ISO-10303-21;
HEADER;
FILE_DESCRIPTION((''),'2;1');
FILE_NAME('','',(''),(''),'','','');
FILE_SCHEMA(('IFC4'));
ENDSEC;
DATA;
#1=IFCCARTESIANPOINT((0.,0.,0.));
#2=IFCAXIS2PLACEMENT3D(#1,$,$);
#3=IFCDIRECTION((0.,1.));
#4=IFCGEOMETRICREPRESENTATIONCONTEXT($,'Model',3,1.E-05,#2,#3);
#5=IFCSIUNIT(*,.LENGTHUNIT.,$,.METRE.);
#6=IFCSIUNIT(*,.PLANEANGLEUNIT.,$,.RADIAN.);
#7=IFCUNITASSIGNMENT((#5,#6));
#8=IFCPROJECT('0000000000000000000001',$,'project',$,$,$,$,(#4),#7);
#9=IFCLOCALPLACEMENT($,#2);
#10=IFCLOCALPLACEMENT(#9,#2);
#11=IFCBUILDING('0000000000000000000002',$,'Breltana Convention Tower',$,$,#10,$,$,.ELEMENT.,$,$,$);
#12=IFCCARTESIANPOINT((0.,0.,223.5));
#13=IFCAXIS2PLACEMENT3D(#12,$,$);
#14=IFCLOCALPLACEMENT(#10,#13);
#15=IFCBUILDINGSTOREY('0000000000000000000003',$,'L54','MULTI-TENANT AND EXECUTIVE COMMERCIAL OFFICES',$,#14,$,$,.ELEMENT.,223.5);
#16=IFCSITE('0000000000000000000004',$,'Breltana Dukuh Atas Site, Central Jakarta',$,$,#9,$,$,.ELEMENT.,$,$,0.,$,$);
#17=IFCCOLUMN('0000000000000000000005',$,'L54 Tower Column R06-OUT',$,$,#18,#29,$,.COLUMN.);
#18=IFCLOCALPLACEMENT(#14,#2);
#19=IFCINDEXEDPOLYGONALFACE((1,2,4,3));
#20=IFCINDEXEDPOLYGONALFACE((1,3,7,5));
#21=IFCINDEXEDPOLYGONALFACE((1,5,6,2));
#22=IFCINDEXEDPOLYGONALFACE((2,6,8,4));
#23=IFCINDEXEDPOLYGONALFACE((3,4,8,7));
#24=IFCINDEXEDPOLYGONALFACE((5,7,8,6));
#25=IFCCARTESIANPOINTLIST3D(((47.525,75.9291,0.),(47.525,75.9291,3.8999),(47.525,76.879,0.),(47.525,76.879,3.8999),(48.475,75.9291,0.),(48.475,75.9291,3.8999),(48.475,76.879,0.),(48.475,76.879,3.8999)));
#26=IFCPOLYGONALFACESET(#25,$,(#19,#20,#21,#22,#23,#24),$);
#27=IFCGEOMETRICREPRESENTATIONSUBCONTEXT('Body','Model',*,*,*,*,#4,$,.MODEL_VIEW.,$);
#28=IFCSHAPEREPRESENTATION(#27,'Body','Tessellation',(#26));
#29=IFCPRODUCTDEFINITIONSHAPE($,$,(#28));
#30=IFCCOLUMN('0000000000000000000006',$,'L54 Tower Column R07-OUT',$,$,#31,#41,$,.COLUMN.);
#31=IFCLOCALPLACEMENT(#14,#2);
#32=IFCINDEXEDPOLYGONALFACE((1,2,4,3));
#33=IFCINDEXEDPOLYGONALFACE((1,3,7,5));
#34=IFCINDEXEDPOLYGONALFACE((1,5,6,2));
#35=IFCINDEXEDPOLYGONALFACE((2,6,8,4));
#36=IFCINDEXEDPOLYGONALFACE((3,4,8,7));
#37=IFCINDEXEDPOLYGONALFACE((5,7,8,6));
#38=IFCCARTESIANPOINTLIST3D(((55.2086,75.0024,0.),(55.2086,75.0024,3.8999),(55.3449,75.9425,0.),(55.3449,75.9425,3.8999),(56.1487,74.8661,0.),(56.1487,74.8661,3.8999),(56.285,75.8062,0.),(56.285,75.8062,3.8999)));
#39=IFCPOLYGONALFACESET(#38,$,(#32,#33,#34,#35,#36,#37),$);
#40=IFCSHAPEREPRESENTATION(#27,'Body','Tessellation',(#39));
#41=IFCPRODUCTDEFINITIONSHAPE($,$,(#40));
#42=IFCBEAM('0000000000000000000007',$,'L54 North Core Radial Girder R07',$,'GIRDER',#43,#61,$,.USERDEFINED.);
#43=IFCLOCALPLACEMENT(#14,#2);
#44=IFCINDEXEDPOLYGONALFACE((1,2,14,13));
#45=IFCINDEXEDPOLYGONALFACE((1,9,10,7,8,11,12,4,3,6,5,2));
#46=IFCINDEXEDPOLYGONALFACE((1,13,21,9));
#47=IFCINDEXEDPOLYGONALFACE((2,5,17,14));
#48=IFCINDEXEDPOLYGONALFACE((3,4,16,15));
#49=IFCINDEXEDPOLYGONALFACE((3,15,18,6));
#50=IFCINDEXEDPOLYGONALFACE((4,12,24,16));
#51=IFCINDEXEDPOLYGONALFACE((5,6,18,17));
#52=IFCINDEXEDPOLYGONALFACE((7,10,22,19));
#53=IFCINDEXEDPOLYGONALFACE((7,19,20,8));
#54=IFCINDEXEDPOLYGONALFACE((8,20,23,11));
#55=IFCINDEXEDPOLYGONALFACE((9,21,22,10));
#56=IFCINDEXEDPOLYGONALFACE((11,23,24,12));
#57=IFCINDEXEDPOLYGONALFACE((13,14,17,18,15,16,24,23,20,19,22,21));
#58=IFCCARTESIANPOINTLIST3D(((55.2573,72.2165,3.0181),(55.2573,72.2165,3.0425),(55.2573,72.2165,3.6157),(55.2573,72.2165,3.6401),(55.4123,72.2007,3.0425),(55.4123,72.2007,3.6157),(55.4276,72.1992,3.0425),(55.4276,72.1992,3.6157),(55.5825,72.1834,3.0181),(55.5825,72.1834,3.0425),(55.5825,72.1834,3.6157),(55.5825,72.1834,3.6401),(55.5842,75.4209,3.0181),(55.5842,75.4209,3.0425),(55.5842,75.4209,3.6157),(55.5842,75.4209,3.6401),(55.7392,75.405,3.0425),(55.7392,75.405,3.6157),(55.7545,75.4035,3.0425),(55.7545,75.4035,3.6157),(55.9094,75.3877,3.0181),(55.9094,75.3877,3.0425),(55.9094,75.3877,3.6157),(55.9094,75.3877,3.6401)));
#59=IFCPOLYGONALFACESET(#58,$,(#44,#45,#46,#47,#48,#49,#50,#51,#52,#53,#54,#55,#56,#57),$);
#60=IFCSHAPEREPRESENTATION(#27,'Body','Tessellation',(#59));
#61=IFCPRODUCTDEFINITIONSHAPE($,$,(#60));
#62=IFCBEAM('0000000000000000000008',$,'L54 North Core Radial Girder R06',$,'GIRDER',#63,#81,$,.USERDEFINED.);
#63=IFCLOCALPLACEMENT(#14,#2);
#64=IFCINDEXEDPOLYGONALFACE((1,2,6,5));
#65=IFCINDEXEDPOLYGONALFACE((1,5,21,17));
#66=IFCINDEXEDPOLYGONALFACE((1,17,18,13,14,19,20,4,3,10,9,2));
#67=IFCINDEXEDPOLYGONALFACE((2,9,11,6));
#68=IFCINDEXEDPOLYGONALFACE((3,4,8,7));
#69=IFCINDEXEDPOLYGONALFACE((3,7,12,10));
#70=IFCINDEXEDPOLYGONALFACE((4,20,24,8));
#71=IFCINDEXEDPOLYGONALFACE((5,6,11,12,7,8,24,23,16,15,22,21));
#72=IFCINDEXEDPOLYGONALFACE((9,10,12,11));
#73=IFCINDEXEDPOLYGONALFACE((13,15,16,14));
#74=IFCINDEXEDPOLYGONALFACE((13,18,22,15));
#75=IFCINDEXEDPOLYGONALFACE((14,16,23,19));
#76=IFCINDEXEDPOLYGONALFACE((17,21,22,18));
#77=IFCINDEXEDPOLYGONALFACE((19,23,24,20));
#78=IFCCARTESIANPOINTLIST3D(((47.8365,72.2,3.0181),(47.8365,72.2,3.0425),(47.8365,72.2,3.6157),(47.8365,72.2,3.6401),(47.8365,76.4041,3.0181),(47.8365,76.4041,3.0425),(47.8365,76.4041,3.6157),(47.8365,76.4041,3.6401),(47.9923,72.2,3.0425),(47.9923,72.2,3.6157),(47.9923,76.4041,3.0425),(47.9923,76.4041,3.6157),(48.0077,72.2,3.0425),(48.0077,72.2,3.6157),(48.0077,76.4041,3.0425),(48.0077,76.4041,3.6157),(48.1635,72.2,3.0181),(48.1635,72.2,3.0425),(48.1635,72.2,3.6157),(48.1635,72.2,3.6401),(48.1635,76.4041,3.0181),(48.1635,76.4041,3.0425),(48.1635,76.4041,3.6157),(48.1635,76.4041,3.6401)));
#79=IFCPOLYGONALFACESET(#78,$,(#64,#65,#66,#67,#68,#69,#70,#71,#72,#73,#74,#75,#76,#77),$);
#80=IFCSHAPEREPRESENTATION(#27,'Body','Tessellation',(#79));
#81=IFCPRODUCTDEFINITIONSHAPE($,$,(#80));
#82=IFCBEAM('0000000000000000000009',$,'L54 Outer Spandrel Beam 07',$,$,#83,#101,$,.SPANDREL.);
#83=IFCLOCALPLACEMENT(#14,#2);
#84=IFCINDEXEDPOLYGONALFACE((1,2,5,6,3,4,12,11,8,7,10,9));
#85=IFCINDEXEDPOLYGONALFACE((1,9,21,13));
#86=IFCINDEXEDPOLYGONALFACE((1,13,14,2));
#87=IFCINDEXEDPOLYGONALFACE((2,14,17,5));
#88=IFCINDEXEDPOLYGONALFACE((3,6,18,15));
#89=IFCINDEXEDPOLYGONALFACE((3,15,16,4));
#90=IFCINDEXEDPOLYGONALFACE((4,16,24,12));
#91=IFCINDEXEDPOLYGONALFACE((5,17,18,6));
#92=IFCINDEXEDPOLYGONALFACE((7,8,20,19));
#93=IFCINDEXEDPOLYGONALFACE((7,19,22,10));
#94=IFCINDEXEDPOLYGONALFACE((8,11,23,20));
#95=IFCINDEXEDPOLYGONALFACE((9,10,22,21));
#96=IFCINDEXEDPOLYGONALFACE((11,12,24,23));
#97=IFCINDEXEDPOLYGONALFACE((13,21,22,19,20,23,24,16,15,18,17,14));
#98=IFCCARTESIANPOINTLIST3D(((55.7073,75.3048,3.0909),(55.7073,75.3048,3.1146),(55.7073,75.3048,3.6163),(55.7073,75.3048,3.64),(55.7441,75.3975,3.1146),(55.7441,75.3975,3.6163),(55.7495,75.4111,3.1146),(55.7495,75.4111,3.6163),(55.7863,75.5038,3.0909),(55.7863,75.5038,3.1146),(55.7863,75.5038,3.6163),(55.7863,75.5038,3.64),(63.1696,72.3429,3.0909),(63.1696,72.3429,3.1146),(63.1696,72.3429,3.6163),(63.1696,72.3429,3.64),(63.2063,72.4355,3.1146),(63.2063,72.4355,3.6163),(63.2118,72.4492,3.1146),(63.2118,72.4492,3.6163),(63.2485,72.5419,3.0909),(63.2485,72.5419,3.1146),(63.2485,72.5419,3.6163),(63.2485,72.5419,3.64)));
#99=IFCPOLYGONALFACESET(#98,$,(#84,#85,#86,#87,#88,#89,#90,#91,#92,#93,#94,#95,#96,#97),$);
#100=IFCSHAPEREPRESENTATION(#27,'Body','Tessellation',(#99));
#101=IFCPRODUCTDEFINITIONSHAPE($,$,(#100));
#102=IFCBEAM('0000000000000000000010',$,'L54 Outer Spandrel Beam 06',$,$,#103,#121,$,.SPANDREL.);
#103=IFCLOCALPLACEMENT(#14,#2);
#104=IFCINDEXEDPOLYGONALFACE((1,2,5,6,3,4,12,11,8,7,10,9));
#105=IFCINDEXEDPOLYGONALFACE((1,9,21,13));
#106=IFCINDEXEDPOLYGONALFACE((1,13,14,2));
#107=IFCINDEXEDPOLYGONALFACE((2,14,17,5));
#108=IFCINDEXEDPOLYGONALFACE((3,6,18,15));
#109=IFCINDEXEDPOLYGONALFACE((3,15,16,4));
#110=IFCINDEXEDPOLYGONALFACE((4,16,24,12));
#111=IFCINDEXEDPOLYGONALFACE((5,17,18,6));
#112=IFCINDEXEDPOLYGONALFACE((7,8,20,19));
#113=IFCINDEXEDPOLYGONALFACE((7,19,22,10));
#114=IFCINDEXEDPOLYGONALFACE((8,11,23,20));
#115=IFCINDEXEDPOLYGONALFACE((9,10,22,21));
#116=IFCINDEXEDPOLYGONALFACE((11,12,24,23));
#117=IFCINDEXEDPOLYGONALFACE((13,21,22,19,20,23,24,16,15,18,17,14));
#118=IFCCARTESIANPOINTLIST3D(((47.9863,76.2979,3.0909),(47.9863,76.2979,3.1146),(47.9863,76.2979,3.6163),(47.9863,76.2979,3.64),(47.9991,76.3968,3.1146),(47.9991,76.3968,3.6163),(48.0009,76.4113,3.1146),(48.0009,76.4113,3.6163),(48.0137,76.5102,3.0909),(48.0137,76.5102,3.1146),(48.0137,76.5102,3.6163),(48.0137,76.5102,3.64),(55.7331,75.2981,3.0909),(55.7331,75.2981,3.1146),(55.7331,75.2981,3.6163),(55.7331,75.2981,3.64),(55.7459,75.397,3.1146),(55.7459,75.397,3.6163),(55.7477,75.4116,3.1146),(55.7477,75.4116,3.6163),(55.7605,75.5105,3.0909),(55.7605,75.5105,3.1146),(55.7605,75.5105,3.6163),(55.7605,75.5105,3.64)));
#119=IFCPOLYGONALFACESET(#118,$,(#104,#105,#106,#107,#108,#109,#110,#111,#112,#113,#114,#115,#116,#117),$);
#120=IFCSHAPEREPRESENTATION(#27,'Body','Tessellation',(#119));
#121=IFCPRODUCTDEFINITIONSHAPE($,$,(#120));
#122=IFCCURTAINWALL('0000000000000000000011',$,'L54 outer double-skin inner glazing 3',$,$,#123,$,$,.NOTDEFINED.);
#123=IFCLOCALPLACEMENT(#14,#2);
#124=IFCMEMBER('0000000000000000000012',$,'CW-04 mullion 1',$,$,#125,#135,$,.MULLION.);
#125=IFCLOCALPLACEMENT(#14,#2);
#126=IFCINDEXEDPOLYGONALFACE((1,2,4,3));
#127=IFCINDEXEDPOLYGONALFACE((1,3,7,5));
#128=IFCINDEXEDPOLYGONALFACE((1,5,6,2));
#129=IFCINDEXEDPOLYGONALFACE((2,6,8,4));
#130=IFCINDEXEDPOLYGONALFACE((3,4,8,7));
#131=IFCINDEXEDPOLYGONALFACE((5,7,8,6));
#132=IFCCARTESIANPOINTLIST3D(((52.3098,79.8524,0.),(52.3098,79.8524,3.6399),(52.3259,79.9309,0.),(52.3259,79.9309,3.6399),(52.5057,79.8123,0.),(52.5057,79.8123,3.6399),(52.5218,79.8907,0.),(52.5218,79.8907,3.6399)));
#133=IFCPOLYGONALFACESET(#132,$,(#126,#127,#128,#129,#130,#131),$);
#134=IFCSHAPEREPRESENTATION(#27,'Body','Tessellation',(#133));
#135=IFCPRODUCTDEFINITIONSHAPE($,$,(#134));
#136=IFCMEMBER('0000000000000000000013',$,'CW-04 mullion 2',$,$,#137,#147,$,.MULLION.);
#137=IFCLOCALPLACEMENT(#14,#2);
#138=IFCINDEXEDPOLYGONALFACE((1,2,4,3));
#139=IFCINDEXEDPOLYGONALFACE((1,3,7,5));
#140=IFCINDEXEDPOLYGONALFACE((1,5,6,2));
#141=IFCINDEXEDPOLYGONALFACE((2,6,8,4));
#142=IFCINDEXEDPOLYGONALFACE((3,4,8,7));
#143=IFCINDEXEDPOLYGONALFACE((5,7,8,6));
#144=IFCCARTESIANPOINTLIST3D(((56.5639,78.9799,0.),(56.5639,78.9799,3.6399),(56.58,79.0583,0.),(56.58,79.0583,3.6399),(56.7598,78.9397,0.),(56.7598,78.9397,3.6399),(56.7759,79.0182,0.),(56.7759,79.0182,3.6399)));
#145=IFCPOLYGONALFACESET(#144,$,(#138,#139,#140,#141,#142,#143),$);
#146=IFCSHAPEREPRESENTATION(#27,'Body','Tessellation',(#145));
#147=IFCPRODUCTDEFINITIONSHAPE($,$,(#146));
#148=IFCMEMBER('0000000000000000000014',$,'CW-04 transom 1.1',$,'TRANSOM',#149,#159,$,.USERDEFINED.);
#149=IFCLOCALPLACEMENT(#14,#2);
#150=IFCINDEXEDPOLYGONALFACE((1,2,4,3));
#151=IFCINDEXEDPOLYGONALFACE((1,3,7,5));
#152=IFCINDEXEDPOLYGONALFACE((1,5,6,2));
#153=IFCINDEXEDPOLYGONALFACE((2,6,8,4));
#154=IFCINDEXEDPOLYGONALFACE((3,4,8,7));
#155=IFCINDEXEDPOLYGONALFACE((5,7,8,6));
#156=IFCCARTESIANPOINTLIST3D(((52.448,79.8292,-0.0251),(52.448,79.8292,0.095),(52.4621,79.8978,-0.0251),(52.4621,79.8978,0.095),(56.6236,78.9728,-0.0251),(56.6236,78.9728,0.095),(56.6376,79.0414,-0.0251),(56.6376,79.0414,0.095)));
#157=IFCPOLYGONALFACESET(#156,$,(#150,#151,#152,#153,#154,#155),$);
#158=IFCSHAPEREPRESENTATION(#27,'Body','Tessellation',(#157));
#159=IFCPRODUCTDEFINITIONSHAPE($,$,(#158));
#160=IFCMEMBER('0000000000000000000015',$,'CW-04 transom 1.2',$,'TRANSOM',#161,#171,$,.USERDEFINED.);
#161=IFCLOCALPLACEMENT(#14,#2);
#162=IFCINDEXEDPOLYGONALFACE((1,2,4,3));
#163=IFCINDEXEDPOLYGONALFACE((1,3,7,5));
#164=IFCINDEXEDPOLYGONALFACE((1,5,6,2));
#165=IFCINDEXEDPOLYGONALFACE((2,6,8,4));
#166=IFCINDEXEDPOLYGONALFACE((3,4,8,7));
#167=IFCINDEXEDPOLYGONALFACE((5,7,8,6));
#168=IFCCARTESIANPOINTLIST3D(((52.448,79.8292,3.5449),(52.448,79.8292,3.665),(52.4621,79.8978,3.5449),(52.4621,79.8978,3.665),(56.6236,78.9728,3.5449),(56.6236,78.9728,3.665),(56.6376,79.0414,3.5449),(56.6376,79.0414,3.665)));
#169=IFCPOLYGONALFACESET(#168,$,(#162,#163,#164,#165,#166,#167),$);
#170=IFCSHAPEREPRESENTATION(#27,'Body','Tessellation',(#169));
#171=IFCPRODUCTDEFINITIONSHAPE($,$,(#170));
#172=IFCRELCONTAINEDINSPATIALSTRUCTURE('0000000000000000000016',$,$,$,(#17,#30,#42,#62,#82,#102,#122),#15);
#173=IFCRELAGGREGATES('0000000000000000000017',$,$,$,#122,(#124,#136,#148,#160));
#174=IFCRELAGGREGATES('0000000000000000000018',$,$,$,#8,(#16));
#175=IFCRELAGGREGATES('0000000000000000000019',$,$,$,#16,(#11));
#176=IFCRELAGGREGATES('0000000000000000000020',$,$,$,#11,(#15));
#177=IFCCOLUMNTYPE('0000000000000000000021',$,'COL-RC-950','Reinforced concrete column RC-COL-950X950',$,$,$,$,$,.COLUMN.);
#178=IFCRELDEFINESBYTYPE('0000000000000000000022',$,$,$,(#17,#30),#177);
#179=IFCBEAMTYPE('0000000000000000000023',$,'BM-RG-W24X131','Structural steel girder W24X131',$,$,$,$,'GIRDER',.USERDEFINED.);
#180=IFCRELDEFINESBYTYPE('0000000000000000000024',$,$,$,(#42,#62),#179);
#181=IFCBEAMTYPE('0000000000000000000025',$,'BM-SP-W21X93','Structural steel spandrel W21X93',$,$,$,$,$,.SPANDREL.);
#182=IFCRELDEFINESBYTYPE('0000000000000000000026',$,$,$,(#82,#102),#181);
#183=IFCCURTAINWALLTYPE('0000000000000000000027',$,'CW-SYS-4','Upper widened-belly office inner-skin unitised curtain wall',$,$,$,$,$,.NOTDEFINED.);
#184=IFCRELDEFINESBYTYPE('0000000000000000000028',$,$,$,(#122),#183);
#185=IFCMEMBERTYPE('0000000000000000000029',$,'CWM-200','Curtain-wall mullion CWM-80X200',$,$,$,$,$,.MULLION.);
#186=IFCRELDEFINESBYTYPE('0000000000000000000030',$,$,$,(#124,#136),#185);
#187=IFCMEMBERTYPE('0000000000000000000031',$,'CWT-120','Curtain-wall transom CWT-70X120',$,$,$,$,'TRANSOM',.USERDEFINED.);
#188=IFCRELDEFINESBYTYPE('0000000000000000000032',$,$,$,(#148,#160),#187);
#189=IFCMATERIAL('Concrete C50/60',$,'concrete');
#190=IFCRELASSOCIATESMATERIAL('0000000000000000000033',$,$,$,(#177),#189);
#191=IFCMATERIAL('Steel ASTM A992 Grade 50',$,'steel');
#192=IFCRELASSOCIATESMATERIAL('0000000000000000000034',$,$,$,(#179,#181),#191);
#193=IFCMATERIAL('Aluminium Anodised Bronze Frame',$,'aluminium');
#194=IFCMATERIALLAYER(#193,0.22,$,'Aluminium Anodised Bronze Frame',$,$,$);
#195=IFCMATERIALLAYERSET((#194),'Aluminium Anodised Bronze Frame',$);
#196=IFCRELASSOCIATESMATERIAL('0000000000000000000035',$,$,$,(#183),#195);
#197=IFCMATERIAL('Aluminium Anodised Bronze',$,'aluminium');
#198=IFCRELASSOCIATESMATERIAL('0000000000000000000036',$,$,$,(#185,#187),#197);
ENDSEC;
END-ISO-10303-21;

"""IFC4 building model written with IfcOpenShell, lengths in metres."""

from ifc_helpers import new_model, si_unit, direction, frame, origin, origin_2d, place, context, subcontext, project, spatial, rectangle, i_section, extrude, source, transform, mapped, material, layer, layer_set, material_profile, profile_set, type_object, element, aggregate, save


model = new_model("IFC4")

# Units and contexts
model_context = context("Model", 3, precision=1e-05, world=origin(), true_north=direction((0.0, 1.0)))
body_context = subcontext(model_context, "Body", "Model", "MODEL_VIEW")
ifc_project = project(units=[si_unit("LENGTHUNIT", "METRE"), si_unit("PLANEANGLEUNIT", "RADIAN")], contexts=[model_context])

# Site, building, storey
site_placement = place(None, origin())
site = spatial("IfcSite", under=ifc_project, at=site_placement, Name="Breltana Dukuh Atas Site, Central Jakarta", CompositionType="ELEMENT", RefElevation=0.0)
building_placement = place(site_placement, origin())
building = spatial("IfcBuilding", under=site, at=building_placement, Name="Breltana Convention Tower", CompositionType="ELEMENT")
storey_placement = place(building_placement, frame((0.0, 0.0, 223.5)))
storey = spatial("IfcBuildingStorey", under=building, at=storey_placement, Name="L54", Description="MULTI-TENANT AND EXECUTIVE COMMERCIAL OFFICES", CompositionType="ELEMENT", Elevation=223.5)

# Columns
ifc_material_1 = material(Name="Concrete C50/60", Category="concrete")
ifc_material_profile_1 = material_profile(ifc_material_1, rectangle(XDim=0.95, YDim=0.95, at=origin_2d()), Name="RC-COL-950X950")
ifc_profile_set_1 = profile_set([ifc_material_profile_1], Name="Concrete C50/60")
column_type = type_object("IfcColumnType", Name="COL-RC-950", Description="Reinforced concrete column RC-COL-950X950", PredefinedType="COLUMN", material=ifc_profile_set_1)
shared_shape_1 = source(origin(), body_context, "Body", "SweptSolid", [
    extrude(rectangle(XDim=0.95, YDim=0.95, at=origin_2d()), origin(), (0.0, 0.0, 1.0), 3.8999),
])
for number, where, z_axis, x_axis, name in (
    (1, (48.0, 76.4041, 0.0), (0.0, 0.0, 1.0), (0.0, 1.0, 0.0), "L54 Tower Column R06-OUT"),
    (2, (55.7468, 75.4043, 0.0), (0.0, 0.0, 1.0), (0.143493, 0.989651, 0.0), "L54 Tower Column R07-OUT"),
):
    element("IfcColumn", number, at=place(storey_placement, frame(where, z_axis=z_axis, x_axis=x_axis)), inside=storey, type_object=column_type, Name=name, PredefinedType="COLUMN", context=body_context, shape_type="MappedRepresentation", body=[
        mapped(shared_shape_1, transform((0.0, 0.0, 0.0), scale=1.0)),
    ])

# Beams
ifc_material_2 = material(Name="Steel ASTM A992 Grade 50", Category="steel")
ifc_material_profile_2 = material_profile(ifc_material_2, i_section(OverallWidth=0.3269, OverallDepth=0.6221, WebThickness=0.0154, FlangeThickness=0.0244, at=origin_2d()), Name="W24X131")
ifc_profile_set_2 = profile_set([ifc_material_profile_2], Name="Steel ASTM A992 Grade 50")
beam_type_1 = type_object("IfcBeamType", Name="BM-RG-W24X131", Description="Structural steel girder W24X131", ElementType="GIRDER", PredefinedType="USERDEFINED", material=ifc_profile_set_2)
shared_shape_2 = source(origin(), body_context, "Body", "SweptSolid", [
    extrude(i_section(OverallWidth=0.3269, OverallDepth=0.6221, WebThickness=0.0154, FlangeThickness=0.0244, at=origin_2d()), origin(), (0.0, 0.0, 1.0), 3.2209),
])
beam_1_placement = place(storey_placement, frame((55.4199, 72.2, 3.3291), z_axis=(0.101492, 0.994836, 0.0), x_axis=(-0.994836, 0.101492, 0.0)))
element("IfcBeam", 3, at=beam_1_placement, inside=storey, type_object=beam_type_1, Name="L54 North Core Radial Girder R07", ObjectType="GIRDER", PredefinedType="USERDEFINED", context=body_context, shape_type="MappedRepresentation", body=[
    mapped(shared_shape_2, transform((0.0, 0.0, 0.0), scale=1.0)),
])
shared_shape_3 = source(origin(), body_context, "Body", "SweptSolid", [
    extrude(i_section(OverallWidth=0.3269, OverallDepth=0.6221, WebThickness=0.0154, FlangeThickness=0.0244, at=origin_2d()), origin(), (0.0, 0.0, 1.0), 4.2041),
])
beam_2_placement = place(storey_placement, frame((48.0, 72.2, 3.3291), z_axis=(0.0, 1.0, 0.0), x_axis=(-1.0, 0.0, 0.0)))
element("IfcBeam", 4, at=beam_2_placement, inside=storey, type_object=beam_type_1, Name="L54 North Core Radial Girder R06", ObjectType="GIRDER", PredefinedType="USERDEFINED", context=body_context, shape_type="MappedRepresentation", body=[
    mapped(shared_shape_3, transform((0.0, 0.0, 0.0), scale=1.0)),
])
ifc_material_profile_3 = material_profile(ifc_material_2, i_section(OverallWidth=0.2141, OverallDepth=0.5491, WebThickness=0.0146, FlangeThickness=0.0237, at=origin_2d()), Name="W21X93")
ifc_profile_set_3 = profile_set([ifc_material_profile_3], Name="Steel ASTM A992 Grade 50")
beam_type_2 = type_object("IfcBeamType", Name="BM-SP-W21X93", Description="Structural steel spandrel W21X93", PredefinedType="SPANDREL", material=ifc_profile_set_3)
shared_shape_4 = source(origin(), body_context, "Body", "SweptSolid", [
    extrude(i_section(OverallWidth=0.2141, OverallDepth=0.5491, WebThickness=0.0146, FlangeThickness=0.0237, at=origin_2d()), origin(), (0.0, 0.0, 1.0), 8.0286),
])
beam_3_placement = place(storey_placement, frame((55.7468, 75.4043, 3.3655), z_axis=(0.929459, -0.368925, 0.0), x_axis=(0.368925, 0.929459, 0.0)))
element("IfcBeam", 5, at=beam_3_placement, inside=storey, type_object=beam_type_2, Name="L54 Outer Spandrel Beam 07", PredefinedType="SPANDREL", context=body_context, shape_type="MappedRepresentation", body=[
    mapped(shared_shape_4, transform((0.0, 0.0, 0.0), scale=1.0)),
])
shared_shape_5 = source(origin(), body_context, "Body", "SweptSolid", [
    extrude(i_section(OverallWidth=0.2141, OverallDepth=0.5491, WebThickness=0.0146, FlangeThickness=0.0237, at=origin_2d()), origin(), (0.0, 0.0, 1.0), 7.811),
])
beam_4_placement = place(storey_placement, frame((48.0, 76.4041, 3.3655), z_axis=(0.991775, -0.127992, 0.0), x_axis=(0.127992, 0.991775, 0.0)))
element("IfcBeam", 6, at=beam_4_placement, inside=storey, type_object=beam_type_2, Name="L54 Outer Spandrel Beam 06", PredefinedType="SPANDREL", context=body_context, shape_type="MappedRepresentation", body=[
    mapped(shared_shape_5, transform((0.0, 0.0, 0.0), scale=1.0)),
])

# Curtain wall, members
ifc_material_3 = material(Name="Aluminium Anodised Bronze Frame", Category="aluminium")
ifc_layer_1 = layer(ifc_material_3, 0.22, Name="Aluminium Anodised Bronze Frame")
ifc_layer_set_1 = layer_set([ifc_layer_1], Name="Aluminium Anodised Bronze Frame")
curtain_wall_type = type_object("IfcCurtainWallType", Name="CW-SYS-4", Description="Upper widened-belly office inner-skin unitised curtain wall", PredefinedType="NOTDEFINED", material=ifc_layer_set_1)
curtain_wall_placement = place(storey_placement, origin())
curtain_wall = element("IfcCurtainWall", 7, at=curtain_wall_placement, inside=storey, type_object=curtain_wall_type, Name="L54 outer double-skin inner glazing 3", PredefinedType="NOTDEFINED")
ifc_material_4 = material(Name="Aluminium Anodised Bronze", Category="aluminium")
ifc_material_profile_4 = material_profile(ifc_material_4, rectangle(XDim=0.0801, YDim=0.2, at=origin_2d()), Name="CWM-80X200")
ifc_profile_set_4 = profile_set([ifc_material_profile_4], Name="Aluminium Anodised Bronze")
member_type_1 = type_object("IfcMemberType", Name="CWM-200", Description="Curtain-wall mullion CWM-80X200", PredefinedType="MULLION", material=ifc_profile_set_4)
shared_shape_6 = source(origin(), body_context, "Body", "SweptSolid", [
    extrude(rectangle(XDim=0.0801, YDim=0.2, at=origin_2d()), origin(), (0.0, 0.0, 1.0), 3.6399),
])
member_1_placement = place(storey_placement, frame((52.4158, 79.8716, 0.0), z_axis=(0.0, 0.0, 1.0), x_axis=(0.20088, 0.979616, 0.0)))
member_1 = element("IfcMember", 8, at=member_1_placement, type_object=member_type_1, Name="CW-04 mullion 1", PredefinedType="MULLION", context=body_context, shape_type="MappedRepresentation", body=[
    mapped(shared_shape_6, transform((0.0, 0.0, 0.0), scale=1.0)),
])
member_2_placement = place(storey_placement, frame((56.6699, 78.999, 0.0), z_axis=(0.0, 0.0, 1.0), x_axis=(0.20088, 0.979616, 0.0)))
member_2 = element("IfcMember", 9, at=member_2_placement, type_object=member_type_1, Name="CW-04 mullion 2", PredefinedType="MULLION", context=body_context, shape_type="MappedRepresentation", body=[
    mapped(shared_shape_6, transform((0.0, 0.0, 0.0), scale=1.0)),
])
ifc_material_profile_5 = material_profile(ifc_material_4, rectangle(XDim=0.0701, YDim=0.1201, at=origin_2d()), Name="CWT-70X120")
ifc_profile_set_5 = profile_set([ifc_material_profile_5], Name="Aluminium Anodised Bronze")
member_type_2 = type_object("IfcMemberType", Name="CWT-120", Description="Curtain-wall transom CWT-70X120", ElementType="TRANSOM", PredefinedType="USERDEFINED", material=ifc_profile_set_5)
shared_shape_7 = source(origin(), body_context, "Body", "SweptSolid", [
    extrude(rectangle(XDim=0.0701, YDim=0.1201, at=origin_2d()), origin(), (0.0, 0.0, 1.0), 4.2625),
])
member_3_placement = place(storey_placement, frame((52.4551, 79.8635, 0.0349), z_axis=(0.979606, -0.200927, 0.0), x_axis=(0.200927, 0.979606, 0.0)))
member_3 = element("IfcMember", 10, at=member_3_placement, type_object=member_type_2, Name="CW-04 transom 1.1", ObjectType="TRANSOM", PredefinedType="USERDEFINED", context=body_context, shape_type="MappedRepresentation", body=[
    mapped(shared_shape_7, transform((0.0, 0.0, 0.0), scale=1.0)),
])
member_4_placement = place(storey_placement, frame((52.4551, 79.8635, 3.605), z_axis=(0.979606, -0.200927, 0.0), x_axis=(0.200927, 0.979606, 0.0)))
member_4 = element("IfcMember", 11, at=member_4_placement, type_object=member_type_2, Name="CW-04 transom 1.2", ObjectType="TRANSOM", PredefinedType="USERDEFINED", context=body_context, shape_type="MappedRepresentation", body=[
    mapped(shared_shape_7, transform((0.0, 0.0, 0.0), scale=1.0)),
])
aggregate(curtain_wall, [member_1, member_2, member_3, member_4])

save(model, "model.ifc")
